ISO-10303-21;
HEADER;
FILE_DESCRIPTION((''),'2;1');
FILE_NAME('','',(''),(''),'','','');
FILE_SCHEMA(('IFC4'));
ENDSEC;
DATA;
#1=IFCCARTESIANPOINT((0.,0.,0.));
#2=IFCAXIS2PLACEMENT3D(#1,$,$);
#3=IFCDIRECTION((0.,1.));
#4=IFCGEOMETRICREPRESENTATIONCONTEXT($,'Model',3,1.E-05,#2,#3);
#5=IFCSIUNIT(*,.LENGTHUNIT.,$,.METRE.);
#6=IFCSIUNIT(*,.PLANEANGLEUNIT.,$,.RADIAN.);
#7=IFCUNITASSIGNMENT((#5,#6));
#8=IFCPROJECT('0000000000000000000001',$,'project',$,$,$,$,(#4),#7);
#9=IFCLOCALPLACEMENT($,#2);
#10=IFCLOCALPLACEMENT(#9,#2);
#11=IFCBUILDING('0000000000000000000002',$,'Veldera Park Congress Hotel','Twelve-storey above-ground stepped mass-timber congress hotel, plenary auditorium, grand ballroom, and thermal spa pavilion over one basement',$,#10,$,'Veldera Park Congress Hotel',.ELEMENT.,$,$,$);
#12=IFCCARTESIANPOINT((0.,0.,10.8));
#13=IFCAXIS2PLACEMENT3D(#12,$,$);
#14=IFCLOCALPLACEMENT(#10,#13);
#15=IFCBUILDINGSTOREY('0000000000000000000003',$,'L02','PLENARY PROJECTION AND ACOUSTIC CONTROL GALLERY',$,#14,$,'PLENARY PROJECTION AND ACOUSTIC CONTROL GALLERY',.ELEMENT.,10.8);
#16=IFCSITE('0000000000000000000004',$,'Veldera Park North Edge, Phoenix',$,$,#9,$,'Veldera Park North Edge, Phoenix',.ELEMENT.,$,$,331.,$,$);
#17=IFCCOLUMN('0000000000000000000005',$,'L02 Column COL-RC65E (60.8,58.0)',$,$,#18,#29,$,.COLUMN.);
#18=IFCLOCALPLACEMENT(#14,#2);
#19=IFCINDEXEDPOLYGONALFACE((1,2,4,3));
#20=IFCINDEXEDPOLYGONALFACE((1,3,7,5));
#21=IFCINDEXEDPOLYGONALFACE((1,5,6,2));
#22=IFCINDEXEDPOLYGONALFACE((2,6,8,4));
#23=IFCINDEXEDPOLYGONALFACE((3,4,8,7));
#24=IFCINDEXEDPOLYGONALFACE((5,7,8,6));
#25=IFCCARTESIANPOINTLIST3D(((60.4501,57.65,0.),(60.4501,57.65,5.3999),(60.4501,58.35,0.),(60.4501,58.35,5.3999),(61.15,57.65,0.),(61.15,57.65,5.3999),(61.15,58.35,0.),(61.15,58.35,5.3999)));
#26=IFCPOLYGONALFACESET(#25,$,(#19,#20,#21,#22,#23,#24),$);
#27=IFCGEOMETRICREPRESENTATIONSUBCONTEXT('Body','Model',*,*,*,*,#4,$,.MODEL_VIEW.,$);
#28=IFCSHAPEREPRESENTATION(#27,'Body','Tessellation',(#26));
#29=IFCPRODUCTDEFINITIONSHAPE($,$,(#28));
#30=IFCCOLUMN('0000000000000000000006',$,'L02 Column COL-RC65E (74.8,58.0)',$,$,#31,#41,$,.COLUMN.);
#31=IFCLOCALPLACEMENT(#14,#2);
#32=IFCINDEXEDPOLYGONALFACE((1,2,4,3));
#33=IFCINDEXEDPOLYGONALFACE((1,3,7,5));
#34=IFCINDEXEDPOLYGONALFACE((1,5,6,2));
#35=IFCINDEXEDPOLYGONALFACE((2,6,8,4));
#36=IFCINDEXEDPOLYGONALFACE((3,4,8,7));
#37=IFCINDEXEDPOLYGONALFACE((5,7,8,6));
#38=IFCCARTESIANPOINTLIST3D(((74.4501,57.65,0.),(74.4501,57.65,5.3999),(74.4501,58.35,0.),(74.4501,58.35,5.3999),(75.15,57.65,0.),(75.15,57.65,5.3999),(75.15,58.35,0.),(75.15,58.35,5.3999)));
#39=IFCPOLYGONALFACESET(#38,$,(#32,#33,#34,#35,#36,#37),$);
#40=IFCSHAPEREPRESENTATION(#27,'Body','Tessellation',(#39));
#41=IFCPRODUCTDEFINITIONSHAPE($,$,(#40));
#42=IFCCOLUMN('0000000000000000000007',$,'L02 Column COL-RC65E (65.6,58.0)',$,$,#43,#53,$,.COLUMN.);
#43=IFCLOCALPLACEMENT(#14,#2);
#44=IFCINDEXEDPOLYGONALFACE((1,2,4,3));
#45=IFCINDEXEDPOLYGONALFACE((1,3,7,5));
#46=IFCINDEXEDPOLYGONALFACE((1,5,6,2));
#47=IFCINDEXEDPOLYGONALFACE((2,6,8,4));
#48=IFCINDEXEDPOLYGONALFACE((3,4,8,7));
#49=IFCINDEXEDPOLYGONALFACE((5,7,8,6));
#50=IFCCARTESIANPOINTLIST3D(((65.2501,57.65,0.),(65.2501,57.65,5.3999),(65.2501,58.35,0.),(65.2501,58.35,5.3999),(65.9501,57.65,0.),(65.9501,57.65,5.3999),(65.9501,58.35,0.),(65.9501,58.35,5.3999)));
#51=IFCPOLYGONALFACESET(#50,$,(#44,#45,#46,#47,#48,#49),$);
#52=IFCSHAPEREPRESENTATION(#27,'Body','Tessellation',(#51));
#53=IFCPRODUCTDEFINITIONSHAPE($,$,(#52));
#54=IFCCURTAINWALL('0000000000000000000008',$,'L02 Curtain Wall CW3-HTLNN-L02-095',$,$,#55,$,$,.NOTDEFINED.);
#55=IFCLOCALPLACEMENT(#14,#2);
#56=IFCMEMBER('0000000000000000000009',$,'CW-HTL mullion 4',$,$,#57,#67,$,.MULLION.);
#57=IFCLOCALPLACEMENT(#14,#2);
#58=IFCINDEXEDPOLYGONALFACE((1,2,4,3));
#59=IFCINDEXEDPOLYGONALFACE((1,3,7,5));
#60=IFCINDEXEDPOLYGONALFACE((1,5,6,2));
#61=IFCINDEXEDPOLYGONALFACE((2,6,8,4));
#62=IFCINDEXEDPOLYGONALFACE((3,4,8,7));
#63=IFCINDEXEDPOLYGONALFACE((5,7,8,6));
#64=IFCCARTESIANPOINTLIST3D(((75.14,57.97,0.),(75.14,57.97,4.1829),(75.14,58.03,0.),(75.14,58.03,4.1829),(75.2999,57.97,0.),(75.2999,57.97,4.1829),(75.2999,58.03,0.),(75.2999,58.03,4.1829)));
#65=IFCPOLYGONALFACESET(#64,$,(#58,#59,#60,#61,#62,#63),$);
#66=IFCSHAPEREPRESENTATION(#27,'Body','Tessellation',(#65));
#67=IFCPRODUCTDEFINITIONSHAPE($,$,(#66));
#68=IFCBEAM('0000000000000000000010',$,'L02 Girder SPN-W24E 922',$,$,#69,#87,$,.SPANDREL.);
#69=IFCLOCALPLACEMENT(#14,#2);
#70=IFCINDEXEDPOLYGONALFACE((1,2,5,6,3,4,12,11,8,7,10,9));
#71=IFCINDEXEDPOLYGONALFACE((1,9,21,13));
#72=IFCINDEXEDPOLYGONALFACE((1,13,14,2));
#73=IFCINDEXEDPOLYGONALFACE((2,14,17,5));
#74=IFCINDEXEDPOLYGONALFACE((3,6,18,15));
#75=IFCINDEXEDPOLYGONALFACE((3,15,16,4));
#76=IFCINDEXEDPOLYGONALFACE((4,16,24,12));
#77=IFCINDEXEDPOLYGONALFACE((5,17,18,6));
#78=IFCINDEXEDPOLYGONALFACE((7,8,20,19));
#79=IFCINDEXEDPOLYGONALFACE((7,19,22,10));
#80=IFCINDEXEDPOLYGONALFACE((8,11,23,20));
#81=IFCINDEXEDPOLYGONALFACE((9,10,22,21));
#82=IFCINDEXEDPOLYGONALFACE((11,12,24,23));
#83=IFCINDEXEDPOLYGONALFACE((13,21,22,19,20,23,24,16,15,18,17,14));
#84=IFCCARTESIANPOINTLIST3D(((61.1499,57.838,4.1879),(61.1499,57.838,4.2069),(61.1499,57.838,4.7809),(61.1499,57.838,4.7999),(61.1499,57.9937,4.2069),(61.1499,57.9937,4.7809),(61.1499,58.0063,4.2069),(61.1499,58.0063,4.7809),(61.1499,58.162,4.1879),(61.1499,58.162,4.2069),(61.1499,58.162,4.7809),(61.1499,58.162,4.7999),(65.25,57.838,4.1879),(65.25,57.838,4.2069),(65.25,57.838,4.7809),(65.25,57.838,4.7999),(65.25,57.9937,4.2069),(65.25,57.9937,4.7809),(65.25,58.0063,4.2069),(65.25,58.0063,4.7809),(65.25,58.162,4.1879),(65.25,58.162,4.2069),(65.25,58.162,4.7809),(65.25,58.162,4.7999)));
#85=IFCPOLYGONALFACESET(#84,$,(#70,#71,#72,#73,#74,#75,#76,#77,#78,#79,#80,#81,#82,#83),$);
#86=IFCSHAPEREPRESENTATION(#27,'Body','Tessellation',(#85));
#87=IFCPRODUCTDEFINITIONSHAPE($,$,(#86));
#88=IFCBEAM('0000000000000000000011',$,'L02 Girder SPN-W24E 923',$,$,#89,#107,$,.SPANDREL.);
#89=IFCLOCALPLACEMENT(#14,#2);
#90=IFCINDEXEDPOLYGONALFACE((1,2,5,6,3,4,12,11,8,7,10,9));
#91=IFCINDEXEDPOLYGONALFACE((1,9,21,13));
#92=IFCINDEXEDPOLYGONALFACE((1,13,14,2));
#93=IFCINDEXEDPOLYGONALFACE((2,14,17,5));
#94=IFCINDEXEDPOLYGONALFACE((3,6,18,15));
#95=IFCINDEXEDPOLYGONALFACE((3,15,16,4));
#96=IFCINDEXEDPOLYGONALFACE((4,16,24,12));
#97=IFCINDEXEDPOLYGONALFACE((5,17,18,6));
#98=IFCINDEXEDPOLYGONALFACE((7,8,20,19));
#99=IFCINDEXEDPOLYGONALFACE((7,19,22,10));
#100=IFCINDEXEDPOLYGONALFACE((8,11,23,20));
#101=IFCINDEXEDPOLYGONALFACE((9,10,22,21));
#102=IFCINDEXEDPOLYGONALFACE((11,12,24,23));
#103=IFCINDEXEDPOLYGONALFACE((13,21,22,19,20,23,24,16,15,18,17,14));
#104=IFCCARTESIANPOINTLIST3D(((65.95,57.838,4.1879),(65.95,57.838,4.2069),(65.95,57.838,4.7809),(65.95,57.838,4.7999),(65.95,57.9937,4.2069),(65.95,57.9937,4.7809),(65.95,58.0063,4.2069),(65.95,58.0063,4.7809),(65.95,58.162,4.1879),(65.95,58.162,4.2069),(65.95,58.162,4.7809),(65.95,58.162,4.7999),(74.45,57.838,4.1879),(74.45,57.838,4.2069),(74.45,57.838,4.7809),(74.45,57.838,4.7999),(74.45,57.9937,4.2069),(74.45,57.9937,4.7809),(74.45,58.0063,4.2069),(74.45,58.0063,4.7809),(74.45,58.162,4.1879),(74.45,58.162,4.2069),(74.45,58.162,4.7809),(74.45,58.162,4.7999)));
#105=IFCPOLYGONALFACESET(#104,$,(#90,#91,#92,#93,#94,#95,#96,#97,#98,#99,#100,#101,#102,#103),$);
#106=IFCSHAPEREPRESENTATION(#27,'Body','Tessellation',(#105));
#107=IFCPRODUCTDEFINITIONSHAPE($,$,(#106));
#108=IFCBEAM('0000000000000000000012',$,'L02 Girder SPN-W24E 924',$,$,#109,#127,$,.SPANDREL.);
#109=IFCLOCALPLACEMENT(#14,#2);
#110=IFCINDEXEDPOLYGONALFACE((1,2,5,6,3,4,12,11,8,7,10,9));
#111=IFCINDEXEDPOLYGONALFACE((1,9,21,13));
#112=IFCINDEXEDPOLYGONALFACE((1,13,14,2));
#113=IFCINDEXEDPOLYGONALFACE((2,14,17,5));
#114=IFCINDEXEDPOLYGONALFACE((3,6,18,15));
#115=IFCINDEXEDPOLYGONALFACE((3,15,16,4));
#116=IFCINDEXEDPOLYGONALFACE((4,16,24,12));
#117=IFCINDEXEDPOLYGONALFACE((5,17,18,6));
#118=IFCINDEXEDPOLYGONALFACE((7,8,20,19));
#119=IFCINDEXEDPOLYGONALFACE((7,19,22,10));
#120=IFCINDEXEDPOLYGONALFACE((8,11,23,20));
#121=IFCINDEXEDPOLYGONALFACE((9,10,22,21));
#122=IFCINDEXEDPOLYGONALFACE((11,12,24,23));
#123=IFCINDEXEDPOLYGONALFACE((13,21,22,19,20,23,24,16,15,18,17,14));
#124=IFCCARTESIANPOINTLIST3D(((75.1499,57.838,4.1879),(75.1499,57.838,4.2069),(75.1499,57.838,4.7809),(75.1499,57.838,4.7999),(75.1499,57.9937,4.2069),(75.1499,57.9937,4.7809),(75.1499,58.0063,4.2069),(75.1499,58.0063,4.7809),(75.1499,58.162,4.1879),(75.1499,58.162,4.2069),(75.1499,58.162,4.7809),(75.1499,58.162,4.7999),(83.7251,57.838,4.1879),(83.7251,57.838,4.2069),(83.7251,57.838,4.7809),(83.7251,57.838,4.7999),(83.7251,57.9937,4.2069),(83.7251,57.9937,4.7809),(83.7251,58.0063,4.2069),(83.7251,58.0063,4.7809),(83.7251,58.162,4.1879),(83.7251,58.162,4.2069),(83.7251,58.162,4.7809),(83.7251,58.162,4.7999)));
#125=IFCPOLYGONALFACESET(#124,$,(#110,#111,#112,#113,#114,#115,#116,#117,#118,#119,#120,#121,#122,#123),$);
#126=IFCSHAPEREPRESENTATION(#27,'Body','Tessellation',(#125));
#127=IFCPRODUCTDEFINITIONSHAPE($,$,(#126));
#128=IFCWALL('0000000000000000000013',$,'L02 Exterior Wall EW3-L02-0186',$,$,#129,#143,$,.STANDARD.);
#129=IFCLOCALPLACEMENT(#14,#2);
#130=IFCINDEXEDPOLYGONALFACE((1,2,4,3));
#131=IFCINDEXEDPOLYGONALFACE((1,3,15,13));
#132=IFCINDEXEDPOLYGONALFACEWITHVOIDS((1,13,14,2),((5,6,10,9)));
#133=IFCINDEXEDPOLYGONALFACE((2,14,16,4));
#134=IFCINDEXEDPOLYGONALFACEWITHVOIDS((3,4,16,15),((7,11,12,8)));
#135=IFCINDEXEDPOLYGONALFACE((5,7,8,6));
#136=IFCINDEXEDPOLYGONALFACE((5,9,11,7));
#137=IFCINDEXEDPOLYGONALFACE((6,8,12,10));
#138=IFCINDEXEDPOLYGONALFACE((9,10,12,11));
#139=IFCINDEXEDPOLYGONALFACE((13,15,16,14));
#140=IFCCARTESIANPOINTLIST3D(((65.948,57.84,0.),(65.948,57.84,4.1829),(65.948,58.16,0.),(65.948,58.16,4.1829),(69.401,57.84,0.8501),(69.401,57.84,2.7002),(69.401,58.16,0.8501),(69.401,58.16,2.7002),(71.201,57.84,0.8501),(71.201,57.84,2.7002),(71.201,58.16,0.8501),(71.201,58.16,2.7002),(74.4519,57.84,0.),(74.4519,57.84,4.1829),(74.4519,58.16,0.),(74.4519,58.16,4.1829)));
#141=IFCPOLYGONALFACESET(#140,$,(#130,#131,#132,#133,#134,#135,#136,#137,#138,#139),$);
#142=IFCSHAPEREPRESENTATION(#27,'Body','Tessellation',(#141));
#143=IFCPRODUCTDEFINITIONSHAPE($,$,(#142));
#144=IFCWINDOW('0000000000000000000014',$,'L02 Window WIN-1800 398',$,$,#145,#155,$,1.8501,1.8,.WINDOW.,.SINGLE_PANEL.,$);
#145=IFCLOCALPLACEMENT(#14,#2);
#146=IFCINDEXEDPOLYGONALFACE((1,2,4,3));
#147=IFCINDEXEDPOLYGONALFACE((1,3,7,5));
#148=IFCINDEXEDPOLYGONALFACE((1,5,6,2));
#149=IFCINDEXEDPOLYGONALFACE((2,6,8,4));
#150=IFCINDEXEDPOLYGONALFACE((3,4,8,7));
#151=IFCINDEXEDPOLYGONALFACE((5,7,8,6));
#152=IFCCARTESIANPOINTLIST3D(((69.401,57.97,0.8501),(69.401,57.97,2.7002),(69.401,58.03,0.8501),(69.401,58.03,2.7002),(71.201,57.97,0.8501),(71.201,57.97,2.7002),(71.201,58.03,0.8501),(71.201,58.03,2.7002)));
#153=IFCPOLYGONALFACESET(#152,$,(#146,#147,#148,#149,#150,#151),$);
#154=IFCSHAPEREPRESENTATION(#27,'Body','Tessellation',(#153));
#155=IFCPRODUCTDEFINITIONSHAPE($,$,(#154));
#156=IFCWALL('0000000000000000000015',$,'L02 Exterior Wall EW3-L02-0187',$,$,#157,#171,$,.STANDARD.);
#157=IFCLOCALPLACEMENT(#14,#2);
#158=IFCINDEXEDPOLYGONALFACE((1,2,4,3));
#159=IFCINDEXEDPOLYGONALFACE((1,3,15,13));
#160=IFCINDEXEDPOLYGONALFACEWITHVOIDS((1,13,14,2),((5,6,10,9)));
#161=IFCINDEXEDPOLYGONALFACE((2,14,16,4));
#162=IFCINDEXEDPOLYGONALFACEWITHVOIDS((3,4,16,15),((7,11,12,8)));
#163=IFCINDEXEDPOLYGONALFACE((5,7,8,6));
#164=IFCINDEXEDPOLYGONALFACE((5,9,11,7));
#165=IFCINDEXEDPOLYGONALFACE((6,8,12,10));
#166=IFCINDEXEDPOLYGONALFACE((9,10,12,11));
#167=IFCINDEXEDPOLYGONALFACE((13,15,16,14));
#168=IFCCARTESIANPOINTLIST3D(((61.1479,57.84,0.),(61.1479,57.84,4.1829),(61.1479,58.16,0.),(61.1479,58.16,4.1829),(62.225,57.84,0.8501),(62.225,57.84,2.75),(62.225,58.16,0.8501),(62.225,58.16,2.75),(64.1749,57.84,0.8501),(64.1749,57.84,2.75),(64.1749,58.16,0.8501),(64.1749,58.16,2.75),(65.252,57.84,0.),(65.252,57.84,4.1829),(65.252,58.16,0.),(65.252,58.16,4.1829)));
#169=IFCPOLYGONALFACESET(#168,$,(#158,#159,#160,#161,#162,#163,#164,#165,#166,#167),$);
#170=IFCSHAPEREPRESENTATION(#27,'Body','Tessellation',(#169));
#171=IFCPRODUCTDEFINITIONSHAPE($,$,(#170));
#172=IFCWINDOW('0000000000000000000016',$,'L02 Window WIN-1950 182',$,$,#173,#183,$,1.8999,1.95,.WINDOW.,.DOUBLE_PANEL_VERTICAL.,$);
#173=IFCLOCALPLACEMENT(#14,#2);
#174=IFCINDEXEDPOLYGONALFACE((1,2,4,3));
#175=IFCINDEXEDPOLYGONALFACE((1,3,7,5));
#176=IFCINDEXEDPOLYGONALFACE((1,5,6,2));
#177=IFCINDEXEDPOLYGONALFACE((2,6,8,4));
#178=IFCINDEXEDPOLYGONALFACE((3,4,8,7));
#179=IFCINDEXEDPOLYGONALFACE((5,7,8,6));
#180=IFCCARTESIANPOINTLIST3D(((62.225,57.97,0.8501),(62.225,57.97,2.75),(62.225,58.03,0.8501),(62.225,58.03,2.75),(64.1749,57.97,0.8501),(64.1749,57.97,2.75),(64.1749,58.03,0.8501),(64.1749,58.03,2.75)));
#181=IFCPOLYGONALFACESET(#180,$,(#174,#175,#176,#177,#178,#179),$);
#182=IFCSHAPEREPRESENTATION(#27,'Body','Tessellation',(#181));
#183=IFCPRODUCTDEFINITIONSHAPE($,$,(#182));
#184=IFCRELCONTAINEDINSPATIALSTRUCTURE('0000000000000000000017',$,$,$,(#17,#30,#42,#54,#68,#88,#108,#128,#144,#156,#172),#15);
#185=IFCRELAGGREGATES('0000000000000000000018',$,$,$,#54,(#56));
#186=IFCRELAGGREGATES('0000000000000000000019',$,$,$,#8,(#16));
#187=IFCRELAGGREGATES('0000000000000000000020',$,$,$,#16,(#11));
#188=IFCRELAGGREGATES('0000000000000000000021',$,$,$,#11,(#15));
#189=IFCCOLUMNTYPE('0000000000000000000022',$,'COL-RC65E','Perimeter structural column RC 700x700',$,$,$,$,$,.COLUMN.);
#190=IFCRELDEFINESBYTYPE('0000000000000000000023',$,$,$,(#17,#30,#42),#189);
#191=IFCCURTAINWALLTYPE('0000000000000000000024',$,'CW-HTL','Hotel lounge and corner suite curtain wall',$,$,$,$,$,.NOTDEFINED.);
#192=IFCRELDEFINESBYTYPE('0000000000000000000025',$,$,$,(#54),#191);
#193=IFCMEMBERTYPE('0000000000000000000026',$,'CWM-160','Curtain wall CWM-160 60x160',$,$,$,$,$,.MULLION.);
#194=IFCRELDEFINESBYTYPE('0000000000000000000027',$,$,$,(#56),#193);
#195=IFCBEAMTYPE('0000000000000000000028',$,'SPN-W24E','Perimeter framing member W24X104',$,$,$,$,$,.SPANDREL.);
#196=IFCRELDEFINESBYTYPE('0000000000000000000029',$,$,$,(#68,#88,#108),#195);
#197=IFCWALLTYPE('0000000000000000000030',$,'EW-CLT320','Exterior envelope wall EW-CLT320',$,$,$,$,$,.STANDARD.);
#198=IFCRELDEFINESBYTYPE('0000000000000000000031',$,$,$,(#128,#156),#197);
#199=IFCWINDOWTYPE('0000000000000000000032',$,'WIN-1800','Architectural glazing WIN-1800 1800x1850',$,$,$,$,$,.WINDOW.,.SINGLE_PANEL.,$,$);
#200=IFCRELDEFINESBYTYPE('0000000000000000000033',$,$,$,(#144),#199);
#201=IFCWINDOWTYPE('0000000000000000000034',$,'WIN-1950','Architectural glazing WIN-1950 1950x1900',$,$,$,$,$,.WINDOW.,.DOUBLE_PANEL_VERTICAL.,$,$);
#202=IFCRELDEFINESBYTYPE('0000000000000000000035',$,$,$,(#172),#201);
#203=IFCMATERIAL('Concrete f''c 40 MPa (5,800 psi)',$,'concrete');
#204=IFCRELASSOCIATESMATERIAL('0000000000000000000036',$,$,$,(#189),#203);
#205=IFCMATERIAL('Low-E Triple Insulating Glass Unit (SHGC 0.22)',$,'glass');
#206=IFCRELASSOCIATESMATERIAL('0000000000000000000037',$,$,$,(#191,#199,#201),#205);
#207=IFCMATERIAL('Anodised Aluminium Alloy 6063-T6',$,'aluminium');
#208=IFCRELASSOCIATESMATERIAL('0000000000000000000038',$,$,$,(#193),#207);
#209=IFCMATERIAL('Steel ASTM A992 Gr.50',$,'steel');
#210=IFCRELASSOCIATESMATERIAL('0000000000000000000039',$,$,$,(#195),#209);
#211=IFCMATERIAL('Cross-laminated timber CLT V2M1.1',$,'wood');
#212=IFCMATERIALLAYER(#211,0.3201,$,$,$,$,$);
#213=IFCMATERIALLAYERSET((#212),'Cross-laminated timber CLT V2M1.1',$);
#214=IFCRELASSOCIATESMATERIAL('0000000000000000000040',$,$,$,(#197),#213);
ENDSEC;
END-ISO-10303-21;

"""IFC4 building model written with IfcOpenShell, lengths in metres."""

from ifc_helpers import new_model, si_unit, direction, frame, frame_2d, origin, origin_2d, place, context, subcontext, project, spatial, rectangle, i_section, extrude, material, layer, layer_set, material_profile, profile_set, type_object, element, fill, aggregate, save


model = new_model("IFC4")

# Units and contexts
model_context = context("Model", 3, precision=1e-05, world=origin(), true_north=direction((0.0, 1.0)))
body_context = subcontext(model_context, "Body", "Model", "MODEL_VIEW")
ifc_project = project(units=[si_unit("LENGTHUNIT", "METRE"), si_unit("PLANEANGLEUNIT", "RADIAN")], contexts=[model_context])

# Site, building, storey
site_placement = place(None, origin())
site = spatial("IfcSite", under=ifc_project, at=site_placement, Name="Veldera Park North Edge, Phoenix", LongName="Veldera Park North Edge, Phoenix", CompositionType="ELEMENT", RefElevation=331.0)
building_placement = place(site_placement, origin())
building = spatial("IfcBuilding", under=site, at=building_placement, Name="Veldera Park Congress Hotel", Description="Twelve-storey above-ground stepped mass-timber congress hotel, plenary auditorium, grand ballroom, and thermal spa pavilion over one basement", LongName="Veldera Park Congress Hotel", CompositionType="ELEMENT")
storey_placement = place(building_placement, frame((0.0, 0.0, 10.8)))
storey = spatial("IfcBuildingStorey", under=building, at=storey_placement, Name="L02", Description="PLENARY PROJECTION AND ACOUSTIC CONTROL GALLERY", LongName="PLENARY PROJECTION AND ACOUSTIC CONTROL GALLERY", CompositionType="ELEMENT", Elevation=10.8)

# Columns
ifc_material_1 = material(Name="Concrete f'c 40 MPa (5,800 psi)", Category="concrete")
ifc_material_profile_1 = material_profile(ifc_material_1, rectangle(XDim=0.7, YDim=0.7, at=origin_2d()), Name="RC 700x700")
ifc_profile_set_1 = profile_set([ifc_material_profile_1], Name="Concrete f'c 40 MPa (5,800 psi)")
column_type = type_object("IfcColumnType", Name="COL-RC65E", Description="Perimeter structural column RC 700x700", PredefinedType="COLUMN", material=ifc_profile_set_1)
for number, where, z_axis, x_axis, name in (
    (1, (60.8, 58.0, 0.0), (0.0, 0.0, 1.0), (1.0, 0.0, 0.0), "L02 Column COL-RC65E (60.8,58.0)"),
    (2, (74.8, 58.0, 0.0), (0.0, 0.0, 1.0), (1.0, 0.0, 0.0), "L02 Column COL-RC65E (74.8,58.0)"),
    (3, (65.6001, 58.0, 0.0), (0.0, 0.0, 1.0), (1.0, 0.0, 0.0), "L02 Column COL-RC65E (65.6,58.0)"),
):
    element("IfcColumn", number, at=place(storey_placement, frame(where, z_axis=z_axis, x_axis=x_axis)), inside=storey, type_object=column_type, Name=name, PredefinedType="COLUMN", context=body_context, shape_type="SweptSolid", body=[
        extrude(rectangle(XDim=0.7, YDim=0.7, at=origin_2d()), origin(), (0.0, 0.0, 1.0), 5.3999),
    ])

# Curtain wall, member
ifc_material_2 = material(Name="Low-E Triple Insulating Glass Unit (SHGC 0.22)", Category="glass")
curtain_wall_type = type_object("IfcCurtainWallType", Name="CW-HTL", Description="Hotel lounge and corner suite curtain wall", PredefinedType="NOTDEFINED", material=ifc_material_2)
curtain_wall_placement = place(storey_placement, origin())
curtain_wall = element("IfcCurtainWall", 4, at=curtain_wall_placement, inside=storey, type_object=curtain_wall_type, Name="L02 Curtain Wall CW3-HTLNN-L02-095", PredefinedType="NOTDEFINED")
ifc_material_3 = material(Name="Anodised Aluminium Alloy 6063-T6", Category="aluminium")
ifc_material_profile_2 = material_profile(ifc_material_3, rectangle(XDim=0.0601, YDim=0.1599, at=origin_2d()), Name="ALU 60x160")
ifc_profile_set_2 = profile_set([ifc_material_profile_2], Name="Anodised Aluminium Alloy 6063-T6")
member_type = type_object("IfcMemberType", Name="CWM-160", Description="Curtain wall CWM-160 60x160", PredefinedType="MULLION", material=ifc_profile_set_2)
member_placement = place(storey_placement, frame((75.22, 58.0, 0.0), z_axis=(0.0, 0.0, 1.0), x_axis=(0.0, -1.0, 0.0)))
member = element("IfcMember", 5, at=member_placement, type_object=member_type, Name="CW-HTL mullion 4", PredefinedType="MULLION", context=body_context, shape_type="SweptSolid", body=[
    extrude(rectangle(XDim=0.0601, YDim=0.1599, at=origin_2d()), origin(), (0.0, 0.0, 1.0), 4.1829),
])
aggregate(curtain_wall, [member])

# Beams
ifc_material_4 = material(Name="Steel ASTM A992 Gr.50", Category="steel")
ifc_material_profile_3 = material_profile(ifc_material_4, i_section(OverallWidth=0.324, OverallDepth=0.6121, WebThickness=0.0127, FlangeThickness=0.019, at=origin_2d()), Name="W24X104")
ifc_profile_set_3 = profile_set([ifc_material_profile_3], Name="Steel ASTM A992 Gr.50")
beam_type = type_object("IfcBeamType", Name="SPN-W24E", Description="Perimeter framing member W24X104", PredefinedType="SPANDREL", material=ifc_profile_set_3)
beam_1_placement = place(storey_placement, frame((61.1499, 58.0, 4.4939), z_axis=(1.0, 0.0, 0.0), x_axis=(0.0, 1.0, 0.0)))
element("IfcBeam", 6, at=beam_1_placement, inside=storey, type_object=beam_type, Name="L02 Girder SPN-W24E 922", PredefinedType="SPANDREL", context=body_context, shape_type="SweptSolid", body=[
    extrude(i_section(OverallWidth=0.324, OverallDepth=0.6121, WebThickness=0.0127, FlangeThickness=0.019, at=origin_2d()), origin(), (0.0, 0.0, 1.0), 4.1001),
])
beam_2_placement = place(storey_placement, frame((65.95, 58.0, 4.4939), z_axis=(1.0, 0.0, 0.0), x_axis=(0.0, 1.0, 0.0)))
element("IfcBeam", 7, at=beam_2_placement, inside=storey, type_object=beam_type, Name="L02 Girder SPN-W24E 923", PredefinedType="SPANDREL", context=body_context, shape_type="SweptSolid", body=[
    extrude(i_section(OverallWidth=0.324, OverallDepth=0.6121, WebThickness=0.0127, FlangeThickness=0.019, at=origin_2d()), origin(), (0.0, 0.0, 1.0), 8.5),
])
beam_3_placement = place(storey_placement, frame((75.1499, 58.0, 4.4939), z_axis=(1.0, 0.0, 0.0), x_axis=(0.0, 1.0, 0.0)))
element("IfcBeam", 8, at=beam_3_placement, inside=storey, type_object=beam_type, Name="L02 Girder SPN-W24E 924", PredefinedType="SPANDREL", context=body_context, shape_type="SweptSolid", body=[
    extrude(i_section(OverallWidth=0.324, OverallDepth=0.6121, WebThickness=0.0127, FlangeThickness=0.019, at=origin_2d()), origin(), (0.0, 0.0, 1.0), 8.5752),
])

# Walls, openings, windows
ifc_material_5 = material(Name="Cross-laminated timber CLT V2M1.1", Category="wood")
ifc_layer_1 = layer(ifc_material_5, 0.3201)
ifc_layer_set_1 = layer_set([ifc_layer_1], Name="Cross-laminated timber CLT V2M1.1")
wall_type_1 = type_object("IfcWallType", Name="EW-CLT320", Description="Exterior envelope wall EW-CLT320", PredefinedType="STANDARD", material=ifc_layer_set_1)
wall_1_placement = place(storey_placement, frame((74.4519, 58.0, 0.0), z_axis=(0.0, 0.0, 1.0), x_axis=(-1.0, 0.0, 0.0)))
wall_1 = element("IfcWall", 9, at=wall_1_placement, inside=storey, type_object=wall_type_1, Name="L02 Exterior Wall EW3-L02-0186", PredefinedType="STANDARD", context=body_context, shape_type="SweptSolid", body=[
    extrude(rectangle(XDim=8.5039, YDim=0.3201, at=frame_2d((4.252, 0.0))), origin(), (0.0, 0.0, 1.0), 4.1829),
])
opening_1_placement = place(wall_1_placement, frame((3.251, 0.0, 0.8501)))
opening_1 = element("IfcOpeningElement", 10, at=opening_1_placement, cuts=wall_1, PredefinedType="OPENING", context=body_context, shape_type="SweptSolid", body=[
    extrude(rectangle(XDim=1.8, YDim=1.8501, at=frame_2d((0.8999, 0.925))), frame((0.0, 0.1721, 0.0), z_axis=(0.0, -1.0, 0.0), x_axis=(1.0, 0.0, 0.0)), (0.0, 0.0, 1.0), 0.344),
])
window_type_1 = type_object("IfcWindowType", Name="WIN-1800", Description="Architectural glazing WIN-1800 1800x1850", PartitioningType="SINGLE_PANEL", PredefinedType="WINDOW", material=ifc_material_2)
window_1_placement = place(opening_1_placement, origin())
window_1 = element("IfcWindow", 11, at=window_1_placement, inside=storey, type_object=window_type_1, Name="L02 Window WIN-1800 398", OverallHeight=1.8501, OverallWidth=1.8, PartitioningType="SINGLE_PANEL", PredefinedType="WINDOW", context=body_context, shape_type="SweptSolid", body=[
    extrude(rectangle(XDim=1.8, YDim=1.8501, at=frame_2d((0.8999, 0.925))), frame((0.0, 0.03, 0.0), z_axis=(0.0, -1.0, 0.0), x_axis=(1.0, 0.0, 0.0)), (0.0, 0.0, 1.0), 0.0601),
])
fill(opening_1, window_1)
wall_2_placement = place(storey_placement, frame((65.252, 58.0, 0.0), z_axis=(0.0, 0.0, 1.0), x_axis=(-1.0, 0.0, 0.0)))
wall_2 = element("IfcWall", 12, at=wall_2_placement, inside=storey, type_object=wall_type_1, Name="L02 Exterior Wall EW3-L02-0187", PredefinedType="STANDARD", context=body_context, shape_type="SweptSolid", body=[
    extrude(rectangle(XDim=4.104, YDim=0.3201, at=frame_2d((2.052, 0.0))), origin(), (0.0, 0.0, 1.0), 4.1829),
])
opening_2_placement = place(wall_2_placement, frame((1.0769, 0.0, 0.8501)))
opening_2 = element("IfcOpeningElement", 13, at=opening_2_placement, cuts=wall_2, PredefinedType="OPENING", context=body_context, shape_type="SweptSolid", body=[
    extrude(rectangle(XDim=1.95, YDim=1.8999, at=frame_2d((0.9751, 0.95))), frame((0.0, 0.1721, 0.0), z_axis=(0.0, -1.0, 0.0), x_axis=(1.0, 0.0, 0.0)), (0.0, 0.0, 1.0), 0.344),
])
window_type_2 = type_object("IfcWindowType", Name="WIN-1950", Description="Architectural glazing WIN-1950 1950x1900", PartitioningType="DOUBLE_PANEL_VERTICAL", PredefinedType="WINDOW", material=ifc_material_2)
window_2_placement = place(opening_2_placement, origin())
window_2 = element("IfcWindow", 14, at=window_2_placement, inside=storey, type_object=window_type_2, Name="L02 Window WIN-1950 182", OverallHeight=1.8999, OverallWidth=1.95, PartitioningType="DOUBLE_PANEL_VERTICAL", PredefinedType="WINDOW", context=body_context, shape_type="SweptSolid", body=[
    extrude(rectangle(XDim=1.95, YDim=1.8999, at=frame_2d((0.9751, 0.95))), frame((0.0, 0.03, 0.0), z_axis=(0.0, -1.0, 0.0), x_axis=(1.0, 0.0, 0.0)), (0.0, 0.0, 1.0), 0.0601),
])
fill(opening_2, window_2)

save(model, "model.ifc")
